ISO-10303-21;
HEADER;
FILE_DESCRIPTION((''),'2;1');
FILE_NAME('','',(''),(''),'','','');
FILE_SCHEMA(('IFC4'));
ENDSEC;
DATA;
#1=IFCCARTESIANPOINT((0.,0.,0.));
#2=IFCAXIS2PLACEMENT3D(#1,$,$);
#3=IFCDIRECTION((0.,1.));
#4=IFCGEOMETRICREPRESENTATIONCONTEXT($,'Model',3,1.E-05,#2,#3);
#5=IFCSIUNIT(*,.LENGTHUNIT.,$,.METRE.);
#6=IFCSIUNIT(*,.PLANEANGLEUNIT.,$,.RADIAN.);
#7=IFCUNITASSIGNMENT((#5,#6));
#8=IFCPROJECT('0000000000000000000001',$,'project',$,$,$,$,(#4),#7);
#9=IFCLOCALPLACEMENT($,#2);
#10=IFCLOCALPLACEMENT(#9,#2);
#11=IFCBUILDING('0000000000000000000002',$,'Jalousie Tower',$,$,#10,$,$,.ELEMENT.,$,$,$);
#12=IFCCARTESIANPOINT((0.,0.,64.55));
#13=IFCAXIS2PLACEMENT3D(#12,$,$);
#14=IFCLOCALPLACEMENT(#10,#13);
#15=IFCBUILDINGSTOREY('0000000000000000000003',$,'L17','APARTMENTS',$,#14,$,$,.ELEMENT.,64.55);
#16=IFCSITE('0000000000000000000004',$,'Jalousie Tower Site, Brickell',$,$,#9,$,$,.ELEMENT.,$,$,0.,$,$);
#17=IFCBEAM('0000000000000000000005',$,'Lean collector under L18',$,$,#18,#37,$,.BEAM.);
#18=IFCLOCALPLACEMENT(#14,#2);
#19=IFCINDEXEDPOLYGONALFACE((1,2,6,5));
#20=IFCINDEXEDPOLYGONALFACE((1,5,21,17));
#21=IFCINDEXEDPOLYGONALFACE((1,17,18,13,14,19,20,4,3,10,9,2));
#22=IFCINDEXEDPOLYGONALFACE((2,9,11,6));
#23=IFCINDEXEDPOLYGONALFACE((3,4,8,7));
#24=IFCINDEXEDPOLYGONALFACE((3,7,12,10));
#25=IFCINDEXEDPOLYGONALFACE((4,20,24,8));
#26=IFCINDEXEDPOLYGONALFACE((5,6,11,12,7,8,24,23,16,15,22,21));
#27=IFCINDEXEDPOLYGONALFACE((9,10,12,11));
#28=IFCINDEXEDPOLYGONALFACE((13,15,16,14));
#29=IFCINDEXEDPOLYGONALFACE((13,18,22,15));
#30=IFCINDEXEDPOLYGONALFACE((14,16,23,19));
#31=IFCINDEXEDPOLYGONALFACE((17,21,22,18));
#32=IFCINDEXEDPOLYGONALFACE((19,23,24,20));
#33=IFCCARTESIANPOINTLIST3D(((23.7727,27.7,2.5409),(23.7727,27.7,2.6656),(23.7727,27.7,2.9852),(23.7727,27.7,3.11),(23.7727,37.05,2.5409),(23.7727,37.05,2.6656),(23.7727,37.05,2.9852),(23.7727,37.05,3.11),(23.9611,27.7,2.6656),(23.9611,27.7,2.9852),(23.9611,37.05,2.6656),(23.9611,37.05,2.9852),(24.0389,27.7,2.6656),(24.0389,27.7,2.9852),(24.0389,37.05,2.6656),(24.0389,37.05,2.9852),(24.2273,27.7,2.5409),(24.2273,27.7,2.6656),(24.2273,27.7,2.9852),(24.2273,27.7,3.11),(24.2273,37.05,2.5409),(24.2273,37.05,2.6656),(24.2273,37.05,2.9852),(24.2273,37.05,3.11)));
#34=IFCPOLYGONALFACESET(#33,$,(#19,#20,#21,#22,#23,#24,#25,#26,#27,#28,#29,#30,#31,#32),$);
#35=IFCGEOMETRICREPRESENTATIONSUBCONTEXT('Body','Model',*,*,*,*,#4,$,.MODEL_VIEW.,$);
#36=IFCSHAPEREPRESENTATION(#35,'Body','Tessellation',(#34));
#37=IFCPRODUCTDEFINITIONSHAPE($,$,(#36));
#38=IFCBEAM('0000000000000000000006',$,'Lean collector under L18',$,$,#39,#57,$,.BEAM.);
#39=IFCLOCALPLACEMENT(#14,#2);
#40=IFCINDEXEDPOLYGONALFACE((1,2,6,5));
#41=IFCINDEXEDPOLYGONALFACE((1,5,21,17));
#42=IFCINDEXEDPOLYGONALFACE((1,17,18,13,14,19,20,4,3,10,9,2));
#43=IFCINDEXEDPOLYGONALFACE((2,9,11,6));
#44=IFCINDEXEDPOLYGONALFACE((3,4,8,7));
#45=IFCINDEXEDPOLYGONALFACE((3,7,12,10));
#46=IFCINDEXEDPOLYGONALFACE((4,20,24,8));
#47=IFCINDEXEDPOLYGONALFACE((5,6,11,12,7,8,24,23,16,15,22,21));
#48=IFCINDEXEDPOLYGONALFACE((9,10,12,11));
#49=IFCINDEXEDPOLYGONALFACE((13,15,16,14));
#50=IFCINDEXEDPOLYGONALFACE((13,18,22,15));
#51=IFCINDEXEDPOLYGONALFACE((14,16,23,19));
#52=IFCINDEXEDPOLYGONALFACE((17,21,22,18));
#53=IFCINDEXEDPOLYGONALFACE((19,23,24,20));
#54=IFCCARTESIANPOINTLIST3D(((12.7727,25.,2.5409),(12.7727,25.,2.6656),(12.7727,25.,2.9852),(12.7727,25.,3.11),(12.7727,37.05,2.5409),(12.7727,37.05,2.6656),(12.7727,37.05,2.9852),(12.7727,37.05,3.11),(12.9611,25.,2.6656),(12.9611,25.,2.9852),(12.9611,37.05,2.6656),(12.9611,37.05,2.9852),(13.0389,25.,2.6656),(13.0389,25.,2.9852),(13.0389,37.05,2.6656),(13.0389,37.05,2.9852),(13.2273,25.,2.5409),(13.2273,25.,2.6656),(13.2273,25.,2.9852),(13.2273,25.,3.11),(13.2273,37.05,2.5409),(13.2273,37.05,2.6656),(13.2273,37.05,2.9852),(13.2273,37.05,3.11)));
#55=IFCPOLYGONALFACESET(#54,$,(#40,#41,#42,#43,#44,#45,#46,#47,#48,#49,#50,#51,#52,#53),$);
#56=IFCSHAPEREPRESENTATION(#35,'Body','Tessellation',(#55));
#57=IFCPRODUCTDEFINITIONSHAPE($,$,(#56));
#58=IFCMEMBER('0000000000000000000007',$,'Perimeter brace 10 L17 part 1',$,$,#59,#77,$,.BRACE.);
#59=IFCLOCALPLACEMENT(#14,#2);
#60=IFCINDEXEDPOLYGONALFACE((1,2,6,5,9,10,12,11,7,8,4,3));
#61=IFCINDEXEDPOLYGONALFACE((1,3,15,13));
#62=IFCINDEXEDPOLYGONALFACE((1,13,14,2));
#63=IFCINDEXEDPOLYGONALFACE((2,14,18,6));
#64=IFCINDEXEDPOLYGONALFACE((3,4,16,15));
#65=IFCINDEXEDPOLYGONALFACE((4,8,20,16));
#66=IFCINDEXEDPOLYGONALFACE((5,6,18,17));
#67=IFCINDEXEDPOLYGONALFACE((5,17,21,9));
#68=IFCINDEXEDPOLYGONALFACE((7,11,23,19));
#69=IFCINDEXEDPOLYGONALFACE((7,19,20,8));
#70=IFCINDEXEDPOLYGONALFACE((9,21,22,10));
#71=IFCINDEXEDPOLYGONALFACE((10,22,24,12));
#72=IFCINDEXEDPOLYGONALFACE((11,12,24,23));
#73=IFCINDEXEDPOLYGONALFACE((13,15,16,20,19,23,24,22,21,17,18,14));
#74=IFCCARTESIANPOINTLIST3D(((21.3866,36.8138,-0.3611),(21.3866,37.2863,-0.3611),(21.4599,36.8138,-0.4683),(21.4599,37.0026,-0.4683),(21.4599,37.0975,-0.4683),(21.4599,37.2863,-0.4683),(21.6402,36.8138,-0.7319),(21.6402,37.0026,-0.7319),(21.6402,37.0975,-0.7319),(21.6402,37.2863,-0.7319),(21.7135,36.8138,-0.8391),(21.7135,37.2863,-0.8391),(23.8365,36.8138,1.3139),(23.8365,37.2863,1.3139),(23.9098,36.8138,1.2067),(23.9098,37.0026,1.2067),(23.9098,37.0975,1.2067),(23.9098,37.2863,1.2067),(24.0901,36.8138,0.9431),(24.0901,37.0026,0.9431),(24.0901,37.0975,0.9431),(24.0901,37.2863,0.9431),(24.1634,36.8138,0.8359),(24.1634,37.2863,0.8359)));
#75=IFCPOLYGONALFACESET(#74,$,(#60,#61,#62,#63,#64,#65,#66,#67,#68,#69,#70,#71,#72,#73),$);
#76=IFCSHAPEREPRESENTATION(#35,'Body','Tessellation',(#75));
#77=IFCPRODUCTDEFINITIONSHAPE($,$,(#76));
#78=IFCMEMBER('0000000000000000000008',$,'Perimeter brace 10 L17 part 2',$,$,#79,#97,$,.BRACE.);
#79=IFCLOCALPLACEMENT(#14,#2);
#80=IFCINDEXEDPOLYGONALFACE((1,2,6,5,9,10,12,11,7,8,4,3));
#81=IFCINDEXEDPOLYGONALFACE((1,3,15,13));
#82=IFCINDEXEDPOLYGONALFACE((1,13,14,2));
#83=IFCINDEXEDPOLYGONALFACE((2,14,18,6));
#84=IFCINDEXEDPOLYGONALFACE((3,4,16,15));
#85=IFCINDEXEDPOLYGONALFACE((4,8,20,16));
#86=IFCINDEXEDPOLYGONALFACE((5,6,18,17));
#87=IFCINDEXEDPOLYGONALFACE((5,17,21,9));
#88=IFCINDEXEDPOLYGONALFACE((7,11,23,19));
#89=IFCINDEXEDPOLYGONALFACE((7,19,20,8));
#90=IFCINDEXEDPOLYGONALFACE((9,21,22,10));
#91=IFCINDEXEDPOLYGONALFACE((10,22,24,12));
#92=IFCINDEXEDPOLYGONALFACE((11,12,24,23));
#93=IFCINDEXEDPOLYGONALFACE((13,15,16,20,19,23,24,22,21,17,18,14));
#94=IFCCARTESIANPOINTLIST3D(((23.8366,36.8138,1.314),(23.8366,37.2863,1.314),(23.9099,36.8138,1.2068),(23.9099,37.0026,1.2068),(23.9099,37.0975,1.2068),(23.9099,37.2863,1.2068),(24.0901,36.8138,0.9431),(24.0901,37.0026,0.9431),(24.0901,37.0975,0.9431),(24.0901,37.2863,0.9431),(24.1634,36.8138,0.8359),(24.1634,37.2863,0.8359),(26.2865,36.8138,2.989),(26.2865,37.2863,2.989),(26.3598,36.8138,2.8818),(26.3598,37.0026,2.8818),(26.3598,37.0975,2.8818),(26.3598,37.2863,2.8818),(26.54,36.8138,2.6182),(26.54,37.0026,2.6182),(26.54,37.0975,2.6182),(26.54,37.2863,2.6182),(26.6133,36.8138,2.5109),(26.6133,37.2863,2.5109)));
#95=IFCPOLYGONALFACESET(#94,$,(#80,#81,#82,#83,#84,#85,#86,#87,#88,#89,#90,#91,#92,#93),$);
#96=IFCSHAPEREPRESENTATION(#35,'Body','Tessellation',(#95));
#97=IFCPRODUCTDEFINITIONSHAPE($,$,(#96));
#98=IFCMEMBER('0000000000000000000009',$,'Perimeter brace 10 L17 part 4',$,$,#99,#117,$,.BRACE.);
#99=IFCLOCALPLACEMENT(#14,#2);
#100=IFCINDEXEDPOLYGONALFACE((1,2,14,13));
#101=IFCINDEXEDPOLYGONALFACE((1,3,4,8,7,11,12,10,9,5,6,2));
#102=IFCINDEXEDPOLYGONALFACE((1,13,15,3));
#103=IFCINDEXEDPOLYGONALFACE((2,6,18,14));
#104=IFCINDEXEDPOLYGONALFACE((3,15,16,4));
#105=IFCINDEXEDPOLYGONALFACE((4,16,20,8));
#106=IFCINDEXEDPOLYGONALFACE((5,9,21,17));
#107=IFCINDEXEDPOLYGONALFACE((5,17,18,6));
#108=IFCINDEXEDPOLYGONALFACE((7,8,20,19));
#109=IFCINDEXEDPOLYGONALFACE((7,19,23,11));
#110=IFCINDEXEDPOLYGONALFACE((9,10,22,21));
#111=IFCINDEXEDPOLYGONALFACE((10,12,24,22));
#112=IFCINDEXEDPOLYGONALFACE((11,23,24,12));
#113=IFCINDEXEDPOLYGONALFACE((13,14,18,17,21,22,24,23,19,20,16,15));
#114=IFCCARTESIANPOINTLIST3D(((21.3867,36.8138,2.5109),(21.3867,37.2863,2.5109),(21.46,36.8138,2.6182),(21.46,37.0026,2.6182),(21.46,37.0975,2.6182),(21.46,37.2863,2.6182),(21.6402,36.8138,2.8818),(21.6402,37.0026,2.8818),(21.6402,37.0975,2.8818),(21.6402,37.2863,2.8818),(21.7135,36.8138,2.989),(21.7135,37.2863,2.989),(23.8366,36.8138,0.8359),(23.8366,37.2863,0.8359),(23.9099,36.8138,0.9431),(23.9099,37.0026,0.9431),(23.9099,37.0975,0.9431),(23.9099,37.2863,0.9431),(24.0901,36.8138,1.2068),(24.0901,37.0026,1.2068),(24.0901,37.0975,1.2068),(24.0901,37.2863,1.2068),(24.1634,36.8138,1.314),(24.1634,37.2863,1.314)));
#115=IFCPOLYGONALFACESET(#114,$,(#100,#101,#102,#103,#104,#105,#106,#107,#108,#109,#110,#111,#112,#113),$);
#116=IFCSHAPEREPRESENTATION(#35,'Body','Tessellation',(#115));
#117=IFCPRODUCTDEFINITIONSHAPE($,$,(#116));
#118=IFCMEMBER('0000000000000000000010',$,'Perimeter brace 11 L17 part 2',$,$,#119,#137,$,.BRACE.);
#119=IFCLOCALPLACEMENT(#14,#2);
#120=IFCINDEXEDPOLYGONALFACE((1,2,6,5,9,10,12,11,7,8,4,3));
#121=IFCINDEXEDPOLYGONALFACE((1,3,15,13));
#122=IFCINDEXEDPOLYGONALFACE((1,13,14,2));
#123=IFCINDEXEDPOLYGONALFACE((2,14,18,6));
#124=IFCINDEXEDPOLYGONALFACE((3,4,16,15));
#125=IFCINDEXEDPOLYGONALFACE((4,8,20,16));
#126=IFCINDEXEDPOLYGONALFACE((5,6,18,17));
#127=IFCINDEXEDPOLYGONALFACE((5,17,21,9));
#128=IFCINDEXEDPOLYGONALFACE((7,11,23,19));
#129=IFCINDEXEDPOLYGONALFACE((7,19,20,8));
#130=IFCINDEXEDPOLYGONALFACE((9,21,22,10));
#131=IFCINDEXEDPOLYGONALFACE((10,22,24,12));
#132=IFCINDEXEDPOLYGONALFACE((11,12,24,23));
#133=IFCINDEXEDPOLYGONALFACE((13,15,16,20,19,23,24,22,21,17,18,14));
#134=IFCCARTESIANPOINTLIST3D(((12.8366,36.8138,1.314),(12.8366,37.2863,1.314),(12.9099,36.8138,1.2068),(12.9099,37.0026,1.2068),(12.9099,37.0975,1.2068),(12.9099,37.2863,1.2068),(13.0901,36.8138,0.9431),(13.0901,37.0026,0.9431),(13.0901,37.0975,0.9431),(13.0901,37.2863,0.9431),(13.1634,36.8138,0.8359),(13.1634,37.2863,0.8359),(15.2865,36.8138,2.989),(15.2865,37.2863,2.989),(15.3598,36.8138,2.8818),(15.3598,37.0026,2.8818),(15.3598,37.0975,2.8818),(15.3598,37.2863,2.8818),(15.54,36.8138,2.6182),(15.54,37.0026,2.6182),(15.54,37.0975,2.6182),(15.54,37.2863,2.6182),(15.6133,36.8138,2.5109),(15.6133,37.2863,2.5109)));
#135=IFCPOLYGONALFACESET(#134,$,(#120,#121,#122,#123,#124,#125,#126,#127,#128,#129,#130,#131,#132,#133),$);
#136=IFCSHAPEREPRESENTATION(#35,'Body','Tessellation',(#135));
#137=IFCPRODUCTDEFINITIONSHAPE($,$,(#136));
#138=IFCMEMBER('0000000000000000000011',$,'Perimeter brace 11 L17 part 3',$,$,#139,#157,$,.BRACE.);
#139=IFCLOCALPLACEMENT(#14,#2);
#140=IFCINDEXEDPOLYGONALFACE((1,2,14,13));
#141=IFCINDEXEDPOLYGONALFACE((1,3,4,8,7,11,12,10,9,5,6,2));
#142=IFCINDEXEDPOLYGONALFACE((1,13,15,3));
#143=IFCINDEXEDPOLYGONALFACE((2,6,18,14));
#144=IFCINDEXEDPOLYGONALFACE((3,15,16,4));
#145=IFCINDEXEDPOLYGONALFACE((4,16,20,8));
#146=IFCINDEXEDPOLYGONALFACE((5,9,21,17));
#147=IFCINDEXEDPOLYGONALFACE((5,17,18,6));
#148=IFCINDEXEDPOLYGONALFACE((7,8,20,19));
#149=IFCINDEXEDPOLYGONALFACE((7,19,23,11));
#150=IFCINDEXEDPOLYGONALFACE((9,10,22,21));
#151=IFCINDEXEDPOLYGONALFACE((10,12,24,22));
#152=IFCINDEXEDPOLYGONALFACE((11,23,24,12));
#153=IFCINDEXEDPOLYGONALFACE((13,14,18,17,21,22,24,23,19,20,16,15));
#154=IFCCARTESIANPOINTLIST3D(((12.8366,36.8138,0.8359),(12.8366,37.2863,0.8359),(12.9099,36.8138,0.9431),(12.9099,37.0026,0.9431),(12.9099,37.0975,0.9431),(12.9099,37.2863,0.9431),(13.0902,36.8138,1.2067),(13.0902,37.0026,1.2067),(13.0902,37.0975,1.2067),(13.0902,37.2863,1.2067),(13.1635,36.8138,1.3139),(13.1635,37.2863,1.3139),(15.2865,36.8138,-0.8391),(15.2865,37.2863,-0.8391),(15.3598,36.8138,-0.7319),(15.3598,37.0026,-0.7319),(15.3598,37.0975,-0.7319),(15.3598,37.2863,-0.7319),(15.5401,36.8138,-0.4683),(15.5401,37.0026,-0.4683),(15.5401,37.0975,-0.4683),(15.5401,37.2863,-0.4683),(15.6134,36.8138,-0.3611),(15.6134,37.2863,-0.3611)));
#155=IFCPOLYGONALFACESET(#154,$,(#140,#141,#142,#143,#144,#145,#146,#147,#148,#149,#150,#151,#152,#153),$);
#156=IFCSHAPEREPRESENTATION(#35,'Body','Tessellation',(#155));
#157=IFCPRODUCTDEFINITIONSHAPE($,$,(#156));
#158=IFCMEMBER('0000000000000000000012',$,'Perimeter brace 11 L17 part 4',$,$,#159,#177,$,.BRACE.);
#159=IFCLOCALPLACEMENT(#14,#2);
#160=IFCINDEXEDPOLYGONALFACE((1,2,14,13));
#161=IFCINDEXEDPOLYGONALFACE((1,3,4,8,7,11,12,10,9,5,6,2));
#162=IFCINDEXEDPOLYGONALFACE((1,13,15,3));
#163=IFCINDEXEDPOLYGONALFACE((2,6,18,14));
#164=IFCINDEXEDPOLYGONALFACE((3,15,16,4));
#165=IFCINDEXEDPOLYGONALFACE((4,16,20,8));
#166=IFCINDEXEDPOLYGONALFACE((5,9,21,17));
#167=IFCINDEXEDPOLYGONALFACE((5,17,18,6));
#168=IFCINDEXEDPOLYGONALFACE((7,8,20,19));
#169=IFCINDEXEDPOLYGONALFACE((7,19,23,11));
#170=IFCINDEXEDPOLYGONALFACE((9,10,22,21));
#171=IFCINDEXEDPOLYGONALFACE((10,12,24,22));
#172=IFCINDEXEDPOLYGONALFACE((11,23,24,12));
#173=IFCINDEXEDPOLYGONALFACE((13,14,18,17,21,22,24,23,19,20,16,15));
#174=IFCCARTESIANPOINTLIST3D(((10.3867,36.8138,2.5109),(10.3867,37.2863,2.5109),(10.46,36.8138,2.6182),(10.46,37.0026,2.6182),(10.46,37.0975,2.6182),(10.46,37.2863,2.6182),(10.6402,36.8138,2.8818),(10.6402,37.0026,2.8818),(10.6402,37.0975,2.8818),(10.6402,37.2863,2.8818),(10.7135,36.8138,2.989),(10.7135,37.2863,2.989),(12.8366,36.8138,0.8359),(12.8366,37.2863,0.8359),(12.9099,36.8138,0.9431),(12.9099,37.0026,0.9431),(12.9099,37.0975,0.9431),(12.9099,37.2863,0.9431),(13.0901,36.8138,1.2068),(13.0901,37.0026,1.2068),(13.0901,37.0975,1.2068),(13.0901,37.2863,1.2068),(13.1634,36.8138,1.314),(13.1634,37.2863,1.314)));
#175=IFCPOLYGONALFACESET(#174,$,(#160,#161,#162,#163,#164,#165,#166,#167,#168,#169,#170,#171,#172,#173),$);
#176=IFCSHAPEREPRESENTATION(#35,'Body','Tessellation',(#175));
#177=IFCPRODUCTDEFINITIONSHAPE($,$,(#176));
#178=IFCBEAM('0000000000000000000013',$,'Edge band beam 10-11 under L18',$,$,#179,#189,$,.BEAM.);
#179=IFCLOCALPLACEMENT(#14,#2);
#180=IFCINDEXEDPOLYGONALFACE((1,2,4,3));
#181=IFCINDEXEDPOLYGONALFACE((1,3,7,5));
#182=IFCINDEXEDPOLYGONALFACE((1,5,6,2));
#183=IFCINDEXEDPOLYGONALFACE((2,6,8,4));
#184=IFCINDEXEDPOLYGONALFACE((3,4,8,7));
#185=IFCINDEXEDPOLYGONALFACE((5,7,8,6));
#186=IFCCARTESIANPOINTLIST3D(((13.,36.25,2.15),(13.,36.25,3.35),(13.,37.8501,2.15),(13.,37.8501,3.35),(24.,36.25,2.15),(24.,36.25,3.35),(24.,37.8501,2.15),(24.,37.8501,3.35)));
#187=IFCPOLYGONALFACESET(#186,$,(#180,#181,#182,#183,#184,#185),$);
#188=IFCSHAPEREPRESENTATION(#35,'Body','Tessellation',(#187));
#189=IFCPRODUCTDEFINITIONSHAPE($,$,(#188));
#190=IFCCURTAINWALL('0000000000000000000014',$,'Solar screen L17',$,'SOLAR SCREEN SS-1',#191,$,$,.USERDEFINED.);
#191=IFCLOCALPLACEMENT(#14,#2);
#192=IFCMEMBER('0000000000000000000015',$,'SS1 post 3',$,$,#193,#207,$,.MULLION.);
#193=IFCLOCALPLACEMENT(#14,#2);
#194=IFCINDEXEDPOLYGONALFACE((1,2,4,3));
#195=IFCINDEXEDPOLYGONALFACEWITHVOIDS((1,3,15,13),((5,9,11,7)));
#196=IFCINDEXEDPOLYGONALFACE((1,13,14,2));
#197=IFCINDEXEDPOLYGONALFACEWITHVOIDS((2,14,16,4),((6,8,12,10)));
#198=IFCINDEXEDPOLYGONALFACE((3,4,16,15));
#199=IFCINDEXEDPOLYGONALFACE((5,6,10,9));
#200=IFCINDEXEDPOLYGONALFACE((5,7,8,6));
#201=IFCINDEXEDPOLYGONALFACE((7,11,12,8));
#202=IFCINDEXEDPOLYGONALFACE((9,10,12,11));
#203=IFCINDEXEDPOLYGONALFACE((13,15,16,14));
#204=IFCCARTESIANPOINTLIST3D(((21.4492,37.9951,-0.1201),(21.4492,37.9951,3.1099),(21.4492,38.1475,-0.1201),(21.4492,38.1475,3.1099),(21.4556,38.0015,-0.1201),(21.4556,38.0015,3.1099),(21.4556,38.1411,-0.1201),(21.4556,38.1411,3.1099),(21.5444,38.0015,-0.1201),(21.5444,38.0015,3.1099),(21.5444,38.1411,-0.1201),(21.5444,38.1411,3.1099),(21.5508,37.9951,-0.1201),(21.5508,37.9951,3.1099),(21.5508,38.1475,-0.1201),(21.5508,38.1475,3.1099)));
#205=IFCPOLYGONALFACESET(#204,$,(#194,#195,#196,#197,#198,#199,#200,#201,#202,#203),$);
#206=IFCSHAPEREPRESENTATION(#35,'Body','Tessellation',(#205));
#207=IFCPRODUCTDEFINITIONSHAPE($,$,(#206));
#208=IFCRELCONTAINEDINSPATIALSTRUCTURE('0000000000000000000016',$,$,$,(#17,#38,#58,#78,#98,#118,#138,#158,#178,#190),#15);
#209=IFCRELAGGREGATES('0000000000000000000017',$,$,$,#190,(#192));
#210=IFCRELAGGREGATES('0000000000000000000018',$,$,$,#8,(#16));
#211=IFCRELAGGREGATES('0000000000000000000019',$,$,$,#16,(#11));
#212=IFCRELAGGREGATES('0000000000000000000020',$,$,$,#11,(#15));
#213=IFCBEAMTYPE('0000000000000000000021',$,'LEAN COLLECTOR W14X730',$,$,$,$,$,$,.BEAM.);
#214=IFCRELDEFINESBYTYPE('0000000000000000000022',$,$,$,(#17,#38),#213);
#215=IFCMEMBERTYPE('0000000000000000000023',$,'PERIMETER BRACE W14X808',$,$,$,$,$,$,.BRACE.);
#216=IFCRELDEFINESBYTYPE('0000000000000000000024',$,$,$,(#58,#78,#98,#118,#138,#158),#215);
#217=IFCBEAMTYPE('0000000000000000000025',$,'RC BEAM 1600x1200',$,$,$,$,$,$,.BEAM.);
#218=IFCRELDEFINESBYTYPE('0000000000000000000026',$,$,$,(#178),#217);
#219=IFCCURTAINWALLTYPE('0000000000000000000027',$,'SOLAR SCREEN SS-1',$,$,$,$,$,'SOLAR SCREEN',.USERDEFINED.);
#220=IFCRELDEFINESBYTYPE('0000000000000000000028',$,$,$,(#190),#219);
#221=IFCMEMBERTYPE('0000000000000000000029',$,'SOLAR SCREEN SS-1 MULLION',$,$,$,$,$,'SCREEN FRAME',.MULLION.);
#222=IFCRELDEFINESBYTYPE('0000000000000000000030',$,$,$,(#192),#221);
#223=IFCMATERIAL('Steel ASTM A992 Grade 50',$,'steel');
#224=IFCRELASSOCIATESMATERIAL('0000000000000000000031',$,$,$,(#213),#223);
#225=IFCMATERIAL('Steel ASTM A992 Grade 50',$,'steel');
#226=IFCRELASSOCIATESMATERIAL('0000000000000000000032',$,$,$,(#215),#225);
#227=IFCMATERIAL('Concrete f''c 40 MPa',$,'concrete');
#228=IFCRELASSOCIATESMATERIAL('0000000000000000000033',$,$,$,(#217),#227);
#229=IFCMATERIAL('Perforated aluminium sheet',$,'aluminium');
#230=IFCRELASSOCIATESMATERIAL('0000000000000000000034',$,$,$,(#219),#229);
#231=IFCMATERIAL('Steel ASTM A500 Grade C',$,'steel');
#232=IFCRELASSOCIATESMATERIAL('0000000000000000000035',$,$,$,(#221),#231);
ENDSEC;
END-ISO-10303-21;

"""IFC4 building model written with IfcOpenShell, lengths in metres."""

from ifc_helpers import new_model, si_unit, direction, frame, origin, origin_2d, place, context, subcontext, project, spatial, rectangle, hollow_rectangle, i_section, extrude, material, material_profile, profile_set, type_object, element, aggregate, save


model = new_model("IFC4")

# Units and contexts
model_context = context("Model", 3, precision=1e-05, world=origin(), true_north=direction((0.0, 1.0)))
body_context = subcontext(model_context, "Body", "Model", "MODEL_VIEW")
ifc_project = project(units=[si_unit("LENGTHUNIT", "METRE"), si_unit("PLANEANGLEUNIT", "RADIAN")], contexts=[model_context])

# Site, building, storey
site_placement = place(None, origin())
site = spatial("IfcSite", under=ifc_project, at=site_placement, Name="Jalousie Tower Site, Brickell", CompositionType="ELEMENT", RefElevation=0.0)
building_placement = place(site_placement, origin())
building = spatial("IfcBuilding", under=site, at=building_placement, Name="Jalousie Tower", CompositionType="ELEMENT")
storey_placement = place(building_placement, frame((0.0, 0.0, 64.55)))
storey = spatial("IfcBuildingStorey", under=building, at=storey_placement, Name="L17", Description="APARTMENTS", CompositionType="ELEMENT", Elevation=64.55)

# Beams
ifc_material_1 = material(Name="Steel ASTM A992 Grade 50", Category="steel")
ifc_material_profile_1 = material_profile(ifc_material_1, i_section(OverallWidth=0.4546, OverallDepth=0.5691, WebThickness=0.0779, FlangeThickness=0.1248, at=origin_2d()), Name="W14X730")
ifc_profile_set_1 = profile_set([ifc_material_profile_1], Name="Steel ASTM A992 Grade 50")
beam_type_1 = type_object("IfcBeamType", Name="LEAN COLLECTOR W14X730", PredefinedType="BEAM", material=ifc_profile_set_1)
beam_1_placement = place(storey_placement, frame((24.0, 37.05, 2.8254), z_axis=(0.0, -1.0, 0.0), x_axis=(1.0, 0.0, 0.0)))
element("IfcBeam", 1, at=beam_1_placement, inside=storey, type_object=beam_type_1, Name="Lean collector under L18", PredefinedType="BEAM", context=body_context, shape_type="SweptSolid", body=[
    extrude(i_section(OverallWidth=0.4546, OverallDepth=0.5691, WebThickness=0.0779, FlangeThickness=0.1248, at=origin_2d()), origin(), (0.0, 0.0, 1.0), 9.3501),
])
beam_2_placement = place(storey_placement, frame((13.0, 37.05, 2.8254), z_axis=(0.0, -1.0, 0.0), x_axis=(1.0, 0.0, 0.0)))
element("IfcBeam", 2, at=beam_2_placement, inside=storey, type_object=beam_type_1, Name="Lean collector under L18", PredefinedType="BEAM", context=body_context, shape_type="SweptSolid", body=[
    extrude(i_section(OverallWidth=0.4546, OverallDepth=0.5691, WebThickness=0.0779, FlangeThickness=0.1248, at=origin_2d()), origin(), (0.0, 0.0, 1.0), 12.05),
])

# Members
ifc_material_2 = material(Name="Steel ASTM A992 Grade 50", Category="steel")
ifc_material_profile_2 = material_profile(ifc_material_2, i_section(OverallWidth=0.4724, OverallDepth=0.5791, WebThickness=0.095, FlangeThickness=0.1299, at=origin_2d()), Name="W14X808")
ifc_profile_set_2 = profile_set([ifc_material_profile_2], Name="Steel ASTM A992 Grade 50")
member_type_1 = type_object("IfcMemberType", Name="PERIMETER BRACE W14X808", PredefinedType="BRACE", material=ifc_profile_set_2)
for number, where, z_axis, x_axis, name in (
    (3, (21.55, 37.05, -0.6001), (0.825501, 0.0, 0.564401), (0.0, 1.0, 0.0), "Perimeter brace 10 L17 part 1"),
    (4, (24.0, 37.05, 1.075), (0.825501, 0.0, 0.564401), (0.0, 1.0, 0.0), "Perimeter brace 10 L17 part 2"),
    (5, (24.0, 37.05, 1.075), (-0.825501, 0.0, 0.564401), (0.0, -1.0, 0.0), "Perimeter brace 10 L17 part 4"),
    (6, (13.0, 37.05, 1.075), (0.825501, 0.0, 0.564401), (0.0, 1.0, 0.0), "Perimeter brace 11 L17 part 2"),
    (7, (15.45, 37.05, -0.6001), (-0.825501, 0.0, 0.564401), (0.0, -1.0, 0.0), "Perimeter brace 11 L17 part 3"),
    (8, (13.0, 37.05, 1.075), (-0.825501, 0.0, 0.564401), (0.0, -1.0, 0.0), "Perimeter brace 11 L17 part 4"),
):
    element("IfcMember", number, at=place(storey_placement, frame(where, z_axis=z_axis, x_axis=x_axis)), inside=storey, type_object=member_type_1, Name=name, PredefinedType="BRACE", context=body_context, shape_type="SweptSolid", body=[
        extrude(i_section(OverallWidth=0.4724, OverallDepth=0.5791, WebThickness=0.095, FlangeThickness=0.1299, at=origin_2d()), origin(), (0.0, 0.0, 1.0), 2.9678),
    ])

# Beam
ifc_material_3 = material(Name="Concrete f'c 40 MPa", Category="concrete")
ifc_material_profile_3 = material_profile(ifc_material_3, rectangle(XDim=1.6001, YDim=1.2, at=origin_2d()), Name="RC 1600x1200")
ifc_profile_set_3 = profile_set([ifc_material_profile_3], Name="Concrete f'c 40 MPa")
beam_type_2 = type_object("IfcBeamType", Name="RC BEAM 1600x1200", PredefinedType="BEAM", material=ifc_profile_set_3)
beam_3_placement = place(storey_placement, frame((24.0, 37.05, 2.75), z_axis=(-1.0, 0.0, 0.0), x_axis=(0.0, -1.0, 0.0)))
element("IfcBeam", 9, at=beam_3_placement, inside=storey, type_object=beam_type_2, Name="Edge band beam 10-11 under L18", PredefinedType="BEAM", context=body_context, shape_type="SweptSolid", body=[
    extrude(rectangle(XDim=1.6001, YDim=1.2, at=origin_2d()), origin(), (0.0, 0.0, 1.0), 11.0),
])

# Curtain wall, member
ifc_material_4 = material(Name="Perforated aluminium sheet", Category="aluminium")
curtain_wall_type = type_object("IfcCurtainWallType", Name="SOLAR SCREEN SS-1", ElementType="SOLAR SCREEN", PredefinedType="USERDEFINED", material=ifc_material_4)
curtain_wall_1_placement = place(storey_placement, origin())
curtain_wall_1 = element("IfcCurtainWall", 10, at=curtain_wall_1_placement, inside=storey, type_object=curtain_wall_type, Name="Solar screen L17", ObjectType="SOLAR SCREEN SS-1", PredefinedType="USERDEFINED")
ifc_material_5 = material(Name="Steel ASTM A500 Grade C", Category="steel")
ifc_material_profile_4 = material_profile(ifc_material_5, hollow_rectangle(XDim=0.1016, YDim=0.1523, WallThickness=0.0063, at=origin_2d()), Name="HSS6X4X1/4")
ifc_profile_set_4 = profile_set([ifc_material_profile_4], Name="Steel ASTM A500 Grade C")
member_type_2 = type_object("IfcMemberType", Name="SOLAR SCREEN SS-1 MULLION", ElementType="SCREEN FRAME", PredefinedType="MULLION", material=ifc_profile_set_4)
member_1_placement = place(storey_placement, frame((21.5, 38.0713, -0.1201), z_axis=(0.0, 0.0, 1.0), x_axis=(-1.0, 0.0, 0.0)))
member_1 = element("IfcMember", 11, at=member_1_placement, type_object=member_type_2, Name="SS1 post 3", PredefinedType="MULLION", context=body_context, shape_type="SweptSolid", body=[
    extrude(hollow_rectangle(XDim=0.1016, YDim=0.1523, WallThickness=0.0063, at=origin_2d()), origin(), (0.0, 0.0, 1.0), 3.23),
])

aggregate(curtain_wall_1, [member_1])

save(model, "model.ifc")
